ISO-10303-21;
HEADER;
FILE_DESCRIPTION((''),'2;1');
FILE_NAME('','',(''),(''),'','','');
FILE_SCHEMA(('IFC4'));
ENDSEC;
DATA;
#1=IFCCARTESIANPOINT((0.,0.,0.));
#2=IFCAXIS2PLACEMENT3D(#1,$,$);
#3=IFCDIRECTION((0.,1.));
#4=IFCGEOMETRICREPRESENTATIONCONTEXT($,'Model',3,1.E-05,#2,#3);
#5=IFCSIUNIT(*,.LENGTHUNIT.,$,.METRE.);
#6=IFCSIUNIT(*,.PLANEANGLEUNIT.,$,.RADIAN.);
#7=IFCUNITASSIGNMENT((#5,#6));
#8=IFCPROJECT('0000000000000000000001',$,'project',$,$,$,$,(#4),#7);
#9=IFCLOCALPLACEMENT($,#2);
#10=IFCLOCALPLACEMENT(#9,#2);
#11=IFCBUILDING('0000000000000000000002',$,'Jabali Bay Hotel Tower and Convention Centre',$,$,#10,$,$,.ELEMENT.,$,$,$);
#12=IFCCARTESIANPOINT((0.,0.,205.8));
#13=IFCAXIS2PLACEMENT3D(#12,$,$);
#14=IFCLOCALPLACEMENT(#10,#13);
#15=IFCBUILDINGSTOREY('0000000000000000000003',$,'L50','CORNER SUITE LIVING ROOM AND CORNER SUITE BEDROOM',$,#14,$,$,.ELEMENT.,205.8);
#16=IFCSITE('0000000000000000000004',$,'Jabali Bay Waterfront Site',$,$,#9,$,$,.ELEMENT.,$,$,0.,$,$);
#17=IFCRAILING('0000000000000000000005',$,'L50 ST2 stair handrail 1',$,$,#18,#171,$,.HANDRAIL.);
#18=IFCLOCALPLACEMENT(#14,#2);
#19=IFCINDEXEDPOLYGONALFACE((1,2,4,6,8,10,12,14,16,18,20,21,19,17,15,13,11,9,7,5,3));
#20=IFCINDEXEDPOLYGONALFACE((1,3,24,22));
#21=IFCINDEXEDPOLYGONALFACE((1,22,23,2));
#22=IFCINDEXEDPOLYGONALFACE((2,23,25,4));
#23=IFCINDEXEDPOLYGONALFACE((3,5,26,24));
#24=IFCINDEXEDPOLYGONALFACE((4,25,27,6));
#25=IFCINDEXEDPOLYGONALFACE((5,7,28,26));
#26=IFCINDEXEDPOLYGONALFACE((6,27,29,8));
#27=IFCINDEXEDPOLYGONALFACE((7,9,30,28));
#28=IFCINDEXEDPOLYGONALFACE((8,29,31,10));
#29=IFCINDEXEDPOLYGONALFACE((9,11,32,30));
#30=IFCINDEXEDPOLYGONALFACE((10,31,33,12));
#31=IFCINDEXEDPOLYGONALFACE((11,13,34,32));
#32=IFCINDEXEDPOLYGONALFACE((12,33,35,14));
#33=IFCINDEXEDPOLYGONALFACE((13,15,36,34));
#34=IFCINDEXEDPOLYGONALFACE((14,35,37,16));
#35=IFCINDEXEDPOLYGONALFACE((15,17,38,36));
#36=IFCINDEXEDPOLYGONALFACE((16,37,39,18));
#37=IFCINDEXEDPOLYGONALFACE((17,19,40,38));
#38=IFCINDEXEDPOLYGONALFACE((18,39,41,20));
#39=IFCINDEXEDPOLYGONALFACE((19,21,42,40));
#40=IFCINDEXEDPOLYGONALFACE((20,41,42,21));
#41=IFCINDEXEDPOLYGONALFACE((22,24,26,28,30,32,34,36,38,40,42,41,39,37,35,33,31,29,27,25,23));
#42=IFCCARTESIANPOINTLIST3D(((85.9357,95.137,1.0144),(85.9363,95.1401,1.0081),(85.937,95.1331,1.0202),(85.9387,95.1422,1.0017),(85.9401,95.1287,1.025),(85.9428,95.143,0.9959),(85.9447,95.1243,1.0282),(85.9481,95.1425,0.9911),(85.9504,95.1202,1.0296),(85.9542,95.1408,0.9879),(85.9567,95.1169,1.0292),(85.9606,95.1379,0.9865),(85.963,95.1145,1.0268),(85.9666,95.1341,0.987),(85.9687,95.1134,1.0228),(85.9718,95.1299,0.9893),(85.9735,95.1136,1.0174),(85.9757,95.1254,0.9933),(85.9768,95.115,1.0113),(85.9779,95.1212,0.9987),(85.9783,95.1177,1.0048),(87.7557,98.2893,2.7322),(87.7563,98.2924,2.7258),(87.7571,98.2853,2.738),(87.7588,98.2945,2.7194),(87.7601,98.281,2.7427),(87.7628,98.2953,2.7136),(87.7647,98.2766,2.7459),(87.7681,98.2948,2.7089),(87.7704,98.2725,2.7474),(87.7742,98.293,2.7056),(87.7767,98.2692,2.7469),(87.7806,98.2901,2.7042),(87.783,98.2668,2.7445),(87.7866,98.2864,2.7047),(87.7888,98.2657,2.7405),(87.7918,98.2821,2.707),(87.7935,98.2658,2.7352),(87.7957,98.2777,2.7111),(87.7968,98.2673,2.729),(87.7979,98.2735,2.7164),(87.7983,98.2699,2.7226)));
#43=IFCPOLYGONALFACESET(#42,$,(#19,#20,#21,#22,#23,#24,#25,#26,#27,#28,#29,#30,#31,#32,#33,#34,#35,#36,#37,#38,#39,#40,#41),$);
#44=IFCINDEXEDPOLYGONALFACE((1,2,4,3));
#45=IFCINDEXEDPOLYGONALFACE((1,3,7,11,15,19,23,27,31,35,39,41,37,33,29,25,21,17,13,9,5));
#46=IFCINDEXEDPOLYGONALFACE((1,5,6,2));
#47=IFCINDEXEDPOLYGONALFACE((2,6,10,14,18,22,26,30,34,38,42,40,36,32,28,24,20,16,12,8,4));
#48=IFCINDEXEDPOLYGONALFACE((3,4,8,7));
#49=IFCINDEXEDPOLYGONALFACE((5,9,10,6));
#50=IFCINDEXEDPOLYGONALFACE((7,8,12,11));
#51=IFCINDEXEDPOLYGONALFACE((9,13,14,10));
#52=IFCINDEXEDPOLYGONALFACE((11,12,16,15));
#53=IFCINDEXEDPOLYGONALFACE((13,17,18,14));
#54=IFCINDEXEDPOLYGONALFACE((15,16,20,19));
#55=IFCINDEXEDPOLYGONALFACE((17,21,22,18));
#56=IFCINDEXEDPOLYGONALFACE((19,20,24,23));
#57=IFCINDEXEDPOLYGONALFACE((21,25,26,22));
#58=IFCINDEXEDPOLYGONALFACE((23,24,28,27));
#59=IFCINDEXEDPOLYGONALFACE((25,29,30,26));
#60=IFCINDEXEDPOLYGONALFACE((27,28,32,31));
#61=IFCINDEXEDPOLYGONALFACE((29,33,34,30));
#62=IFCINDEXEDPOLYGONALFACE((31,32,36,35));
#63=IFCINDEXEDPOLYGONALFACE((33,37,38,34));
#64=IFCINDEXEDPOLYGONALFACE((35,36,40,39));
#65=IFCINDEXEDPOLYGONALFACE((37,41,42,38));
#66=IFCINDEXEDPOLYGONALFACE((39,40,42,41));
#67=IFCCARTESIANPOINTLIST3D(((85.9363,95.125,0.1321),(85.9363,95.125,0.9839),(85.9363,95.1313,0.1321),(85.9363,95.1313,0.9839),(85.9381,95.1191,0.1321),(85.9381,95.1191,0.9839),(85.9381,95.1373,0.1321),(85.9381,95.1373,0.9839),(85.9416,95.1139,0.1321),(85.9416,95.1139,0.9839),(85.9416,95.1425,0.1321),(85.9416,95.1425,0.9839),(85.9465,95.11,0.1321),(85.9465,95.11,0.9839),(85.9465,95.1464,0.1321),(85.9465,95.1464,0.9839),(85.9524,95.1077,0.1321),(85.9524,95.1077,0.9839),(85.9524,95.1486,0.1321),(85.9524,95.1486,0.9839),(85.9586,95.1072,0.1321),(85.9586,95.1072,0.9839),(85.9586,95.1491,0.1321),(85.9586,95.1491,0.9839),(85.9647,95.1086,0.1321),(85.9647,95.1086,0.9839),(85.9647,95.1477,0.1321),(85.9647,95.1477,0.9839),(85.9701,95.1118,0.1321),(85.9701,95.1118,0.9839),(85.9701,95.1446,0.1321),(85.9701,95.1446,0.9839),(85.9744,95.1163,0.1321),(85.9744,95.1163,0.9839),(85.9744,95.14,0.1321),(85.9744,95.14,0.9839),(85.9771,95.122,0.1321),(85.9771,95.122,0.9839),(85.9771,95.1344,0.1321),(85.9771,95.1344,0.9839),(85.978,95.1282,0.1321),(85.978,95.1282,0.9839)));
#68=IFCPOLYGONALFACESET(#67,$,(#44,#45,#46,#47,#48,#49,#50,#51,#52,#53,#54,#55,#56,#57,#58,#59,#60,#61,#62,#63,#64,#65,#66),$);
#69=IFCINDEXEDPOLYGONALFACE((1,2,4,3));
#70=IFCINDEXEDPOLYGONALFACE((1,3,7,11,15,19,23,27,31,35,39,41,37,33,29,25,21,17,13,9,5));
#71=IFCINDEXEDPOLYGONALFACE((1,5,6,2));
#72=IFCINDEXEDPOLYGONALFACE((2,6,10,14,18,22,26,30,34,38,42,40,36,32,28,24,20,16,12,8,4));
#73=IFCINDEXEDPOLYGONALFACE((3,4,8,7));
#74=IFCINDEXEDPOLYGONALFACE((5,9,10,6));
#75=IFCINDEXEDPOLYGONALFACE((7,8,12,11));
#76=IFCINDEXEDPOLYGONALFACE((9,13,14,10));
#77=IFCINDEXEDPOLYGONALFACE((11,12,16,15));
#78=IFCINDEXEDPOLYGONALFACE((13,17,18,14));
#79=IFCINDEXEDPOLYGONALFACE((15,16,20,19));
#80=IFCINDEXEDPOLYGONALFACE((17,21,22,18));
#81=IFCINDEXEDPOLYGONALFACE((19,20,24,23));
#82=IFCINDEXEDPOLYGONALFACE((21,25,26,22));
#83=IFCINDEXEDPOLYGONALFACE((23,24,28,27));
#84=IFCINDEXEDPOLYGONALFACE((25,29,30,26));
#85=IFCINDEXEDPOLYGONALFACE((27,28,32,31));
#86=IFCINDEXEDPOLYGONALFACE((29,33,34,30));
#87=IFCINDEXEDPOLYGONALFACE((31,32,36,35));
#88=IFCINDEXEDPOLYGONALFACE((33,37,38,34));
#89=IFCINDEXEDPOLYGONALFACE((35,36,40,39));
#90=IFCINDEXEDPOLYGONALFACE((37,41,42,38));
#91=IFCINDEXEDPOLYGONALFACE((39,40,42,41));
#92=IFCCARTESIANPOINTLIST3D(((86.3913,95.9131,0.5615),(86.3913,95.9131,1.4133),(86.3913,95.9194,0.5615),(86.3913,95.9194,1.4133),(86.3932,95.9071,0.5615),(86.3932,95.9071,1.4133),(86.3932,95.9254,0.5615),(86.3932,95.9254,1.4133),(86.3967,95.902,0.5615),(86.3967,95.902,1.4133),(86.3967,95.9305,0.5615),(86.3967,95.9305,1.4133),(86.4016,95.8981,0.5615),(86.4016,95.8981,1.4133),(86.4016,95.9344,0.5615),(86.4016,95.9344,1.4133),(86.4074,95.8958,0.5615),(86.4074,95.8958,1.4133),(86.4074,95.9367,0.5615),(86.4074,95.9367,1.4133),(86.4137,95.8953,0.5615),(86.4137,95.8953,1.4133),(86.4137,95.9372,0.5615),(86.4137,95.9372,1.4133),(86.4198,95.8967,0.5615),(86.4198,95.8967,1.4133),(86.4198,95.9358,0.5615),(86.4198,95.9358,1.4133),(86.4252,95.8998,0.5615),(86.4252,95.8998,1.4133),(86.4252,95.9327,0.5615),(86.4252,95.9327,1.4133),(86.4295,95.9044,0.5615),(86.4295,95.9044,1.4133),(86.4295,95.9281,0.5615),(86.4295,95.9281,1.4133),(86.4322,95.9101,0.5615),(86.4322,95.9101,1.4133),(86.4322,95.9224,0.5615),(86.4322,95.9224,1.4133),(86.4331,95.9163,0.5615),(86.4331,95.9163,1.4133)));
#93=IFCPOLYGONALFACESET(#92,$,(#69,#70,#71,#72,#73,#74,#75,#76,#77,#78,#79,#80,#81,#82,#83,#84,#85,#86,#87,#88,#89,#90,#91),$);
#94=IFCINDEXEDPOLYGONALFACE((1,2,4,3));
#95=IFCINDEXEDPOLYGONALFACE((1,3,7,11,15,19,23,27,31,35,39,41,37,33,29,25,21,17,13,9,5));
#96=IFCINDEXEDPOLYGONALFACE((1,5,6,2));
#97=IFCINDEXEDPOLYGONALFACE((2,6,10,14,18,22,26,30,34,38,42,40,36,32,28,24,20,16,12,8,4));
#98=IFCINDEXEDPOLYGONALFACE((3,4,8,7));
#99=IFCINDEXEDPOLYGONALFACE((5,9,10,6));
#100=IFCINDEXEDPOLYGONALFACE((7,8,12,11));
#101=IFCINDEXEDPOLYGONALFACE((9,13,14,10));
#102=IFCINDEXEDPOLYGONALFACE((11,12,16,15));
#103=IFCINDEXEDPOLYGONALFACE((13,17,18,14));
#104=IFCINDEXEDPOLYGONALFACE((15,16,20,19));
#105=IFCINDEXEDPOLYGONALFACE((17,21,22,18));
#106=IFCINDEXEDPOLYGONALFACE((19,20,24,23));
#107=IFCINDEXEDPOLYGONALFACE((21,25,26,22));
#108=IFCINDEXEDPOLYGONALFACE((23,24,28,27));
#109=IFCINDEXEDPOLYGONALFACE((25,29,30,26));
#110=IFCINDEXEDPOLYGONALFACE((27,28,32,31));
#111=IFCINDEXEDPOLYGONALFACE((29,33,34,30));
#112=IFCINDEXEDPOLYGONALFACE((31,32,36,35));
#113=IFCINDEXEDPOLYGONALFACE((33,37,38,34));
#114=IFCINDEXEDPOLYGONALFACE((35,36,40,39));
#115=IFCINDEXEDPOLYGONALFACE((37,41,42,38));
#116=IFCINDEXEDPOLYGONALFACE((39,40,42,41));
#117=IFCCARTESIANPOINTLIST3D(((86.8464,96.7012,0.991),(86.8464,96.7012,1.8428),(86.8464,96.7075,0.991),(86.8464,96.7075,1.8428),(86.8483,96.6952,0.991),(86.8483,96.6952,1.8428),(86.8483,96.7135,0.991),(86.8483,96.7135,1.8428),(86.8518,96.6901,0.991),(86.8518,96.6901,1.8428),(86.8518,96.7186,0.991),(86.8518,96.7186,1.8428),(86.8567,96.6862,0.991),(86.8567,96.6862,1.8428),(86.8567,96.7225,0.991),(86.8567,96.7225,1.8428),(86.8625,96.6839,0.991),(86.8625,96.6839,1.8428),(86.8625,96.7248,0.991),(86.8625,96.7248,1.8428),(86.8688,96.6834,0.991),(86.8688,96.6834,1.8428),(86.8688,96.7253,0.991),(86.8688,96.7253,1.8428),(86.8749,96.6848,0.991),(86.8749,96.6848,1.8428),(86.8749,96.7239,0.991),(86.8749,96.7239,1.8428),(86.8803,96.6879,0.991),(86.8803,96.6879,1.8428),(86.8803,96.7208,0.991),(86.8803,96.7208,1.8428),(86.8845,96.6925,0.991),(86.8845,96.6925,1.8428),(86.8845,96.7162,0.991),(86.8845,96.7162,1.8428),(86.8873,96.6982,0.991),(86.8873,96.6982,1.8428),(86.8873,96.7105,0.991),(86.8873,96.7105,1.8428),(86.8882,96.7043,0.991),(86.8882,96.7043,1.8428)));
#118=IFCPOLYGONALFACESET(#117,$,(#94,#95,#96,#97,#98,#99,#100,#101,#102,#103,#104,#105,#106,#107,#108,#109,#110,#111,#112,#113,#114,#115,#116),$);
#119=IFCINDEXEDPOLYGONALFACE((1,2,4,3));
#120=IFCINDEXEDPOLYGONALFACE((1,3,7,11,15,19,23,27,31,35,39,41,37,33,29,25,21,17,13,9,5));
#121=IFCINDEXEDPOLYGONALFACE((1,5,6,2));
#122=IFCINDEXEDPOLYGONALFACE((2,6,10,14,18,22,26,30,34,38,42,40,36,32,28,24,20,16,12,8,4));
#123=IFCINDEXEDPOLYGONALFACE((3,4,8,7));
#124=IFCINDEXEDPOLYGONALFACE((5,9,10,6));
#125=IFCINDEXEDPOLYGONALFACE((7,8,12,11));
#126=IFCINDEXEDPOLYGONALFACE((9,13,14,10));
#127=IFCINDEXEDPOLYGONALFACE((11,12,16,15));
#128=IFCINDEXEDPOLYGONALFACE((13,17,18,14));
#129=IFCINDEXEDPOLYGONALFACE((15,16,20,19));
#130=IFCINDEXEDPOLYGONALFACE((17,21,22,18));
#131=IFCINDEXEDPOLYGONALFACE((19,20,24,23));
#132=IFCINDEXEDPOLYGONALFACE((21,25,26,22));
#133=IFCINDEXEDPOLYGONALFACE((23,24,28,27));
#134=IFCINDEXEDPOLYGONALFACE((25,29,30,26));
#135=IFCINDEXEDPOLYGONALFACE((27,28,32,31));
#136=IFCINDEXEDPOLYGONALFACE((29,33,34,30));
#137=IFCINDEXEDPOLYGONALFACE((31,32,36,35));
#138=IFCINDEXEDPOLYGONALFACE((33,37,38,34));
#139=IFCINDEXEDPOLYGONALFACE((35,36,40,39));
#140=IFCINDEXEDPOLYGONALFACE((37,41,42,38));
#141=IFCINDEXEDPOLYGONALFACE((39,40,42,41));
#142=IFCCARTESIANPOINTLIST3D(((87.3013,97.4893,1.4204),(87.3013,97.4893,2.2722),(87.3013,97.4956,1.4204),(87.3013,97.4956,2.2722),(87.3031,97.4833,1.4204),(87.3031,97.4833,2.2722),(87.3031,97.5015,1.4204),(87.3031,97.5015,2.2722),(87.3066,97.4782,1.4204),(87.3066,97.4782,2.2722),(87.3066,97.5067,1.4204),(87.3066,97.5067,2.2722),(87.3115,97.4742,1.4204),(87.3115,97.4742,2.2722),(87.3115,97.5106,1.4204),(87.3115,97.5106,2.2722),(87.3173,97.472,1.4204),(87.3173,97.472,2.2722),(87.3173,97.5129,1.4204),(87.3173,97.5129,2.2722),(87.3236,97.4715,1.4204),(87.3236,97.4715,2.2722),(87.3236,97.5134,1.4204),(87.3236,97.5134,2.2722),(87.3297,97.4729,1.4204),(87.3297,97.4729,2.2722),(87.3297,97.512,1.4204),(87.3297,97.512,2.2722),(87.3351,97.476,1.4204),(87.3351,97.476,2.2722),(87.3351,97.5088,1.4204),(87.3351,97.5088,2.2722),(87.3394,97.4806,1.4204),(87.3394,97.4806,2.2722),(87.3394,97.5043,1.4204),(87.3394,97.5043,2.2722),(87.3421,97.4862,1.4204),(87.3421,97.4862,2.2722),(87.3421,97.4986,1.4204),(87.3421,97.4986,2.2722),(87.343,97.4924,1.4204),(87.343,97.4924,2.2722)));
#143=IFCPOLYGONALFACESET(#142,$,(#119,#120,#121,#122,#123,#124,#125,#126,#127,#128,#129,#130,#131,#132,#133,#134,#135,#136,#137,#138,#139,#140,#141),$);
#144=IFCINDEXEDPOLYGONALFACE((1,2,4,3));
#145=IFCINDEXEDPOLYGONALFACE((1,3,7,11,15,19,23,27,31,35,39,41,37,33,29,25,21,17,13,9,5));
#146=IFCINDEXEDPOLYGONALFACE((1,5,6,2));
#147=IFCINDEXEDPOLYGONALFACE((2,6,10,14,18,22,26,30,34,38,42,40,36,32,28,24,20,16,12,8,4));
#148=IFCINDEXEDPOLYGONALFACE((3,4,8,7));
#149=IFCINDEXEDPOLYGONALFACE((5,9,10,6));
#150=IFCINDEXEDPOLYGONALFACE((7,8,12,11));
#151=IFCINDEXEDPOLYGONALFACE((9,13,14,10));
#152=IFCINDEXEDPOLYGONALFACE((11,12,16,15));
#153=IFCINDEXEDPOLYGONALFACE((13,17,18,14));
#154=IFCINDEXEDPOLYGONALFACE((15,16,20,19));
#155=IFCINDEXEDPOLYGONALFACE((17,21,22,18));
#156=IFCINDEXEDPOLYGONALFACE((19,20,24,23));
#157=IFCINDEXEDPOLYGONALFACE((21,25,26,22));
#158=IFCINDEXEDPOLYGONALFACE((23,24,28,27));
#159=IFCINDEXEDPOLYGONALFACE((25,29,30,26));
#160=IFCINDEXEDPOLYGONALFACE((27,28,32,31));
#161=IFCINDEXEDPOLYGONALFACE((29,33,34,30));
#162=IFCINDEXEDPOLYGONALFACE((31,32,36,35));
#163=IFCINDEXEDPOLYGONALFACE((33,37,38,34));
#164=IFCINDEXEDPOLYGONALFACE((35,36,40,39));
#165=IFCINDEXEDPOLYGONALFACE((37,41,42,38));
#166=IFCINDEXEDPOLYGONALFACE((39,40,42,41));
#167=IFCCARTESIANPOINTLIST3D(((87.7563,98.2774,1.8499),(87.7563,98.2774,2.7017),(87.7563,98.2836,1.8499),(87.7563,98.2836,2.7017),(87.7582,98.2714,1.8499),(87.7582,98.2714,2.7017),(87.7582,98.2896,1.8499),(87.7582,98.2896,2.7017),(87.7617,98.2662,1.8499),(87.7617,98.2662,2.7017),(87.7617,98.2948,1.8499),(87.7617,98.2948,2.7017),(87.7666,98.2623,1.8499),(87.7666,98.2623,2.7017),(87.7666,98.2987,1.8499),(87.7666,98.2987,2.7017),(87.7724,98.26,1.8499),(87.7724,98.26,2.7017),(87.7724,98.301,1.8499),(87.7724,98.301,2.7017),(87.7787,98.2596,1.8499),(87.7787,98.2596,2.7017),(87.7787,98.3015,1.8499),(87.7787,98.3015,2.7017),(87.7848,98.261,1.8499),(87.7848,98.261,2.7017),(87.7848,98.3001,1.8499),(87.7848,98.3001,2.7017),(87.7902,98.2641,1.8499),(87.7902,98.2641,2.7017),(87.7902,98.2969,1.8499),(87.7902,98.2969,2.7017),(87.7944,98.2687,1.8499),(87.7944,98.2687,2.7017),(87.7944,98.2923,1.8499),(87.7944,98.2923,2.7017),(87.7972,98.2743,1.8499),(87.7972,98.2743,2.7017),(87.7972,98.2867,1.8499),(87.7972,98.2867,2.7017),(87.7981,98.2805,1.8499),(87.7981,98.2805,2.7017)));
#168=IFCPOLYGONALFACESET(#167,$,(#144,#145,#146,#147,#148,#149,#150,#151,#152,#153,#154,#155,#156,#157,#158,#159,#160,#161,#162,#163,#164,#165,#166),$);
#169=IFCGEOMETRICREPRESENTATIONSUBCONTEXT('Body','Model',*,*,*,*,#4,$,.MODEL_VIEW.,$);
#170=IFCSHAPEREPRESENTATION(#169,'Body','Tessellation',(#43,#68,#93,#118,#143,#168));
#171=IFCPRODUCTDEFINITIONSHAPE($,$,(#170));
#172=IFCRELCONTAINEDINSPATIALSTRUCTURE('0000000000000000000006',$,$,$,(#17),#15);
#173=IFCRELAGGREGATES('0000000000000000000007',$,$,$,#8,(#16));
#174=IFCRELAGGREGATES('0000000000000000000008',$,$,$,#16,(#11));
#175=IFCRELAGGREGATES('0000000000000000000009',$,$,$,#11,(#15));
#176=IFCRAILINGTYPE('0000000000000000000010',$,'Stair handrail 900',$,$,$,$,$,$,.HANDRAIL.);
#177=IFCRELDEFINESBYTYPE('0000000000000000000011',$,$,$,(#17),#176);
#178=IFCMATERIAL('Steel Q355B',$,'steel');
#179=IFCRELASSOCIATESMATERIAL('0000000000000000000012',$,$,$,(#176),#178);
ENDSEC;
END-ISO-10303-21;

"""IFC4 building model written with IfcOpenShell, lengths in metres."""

from ifc_helpers import new_model, si_unit, direction, frame, origin, origin_2d, place, context, subcontext, project, spatial, circle, extrude, material, type_object, element, save


model = new_model("IFC4")

# Units and contexts
model_context = context("Model", 3, precision=1e-05, world=origin(), true_north=direction((0.0, 1.0)))
body_context = subcontext(model_context, "Body", "Model", "MODEL_VIEW")
ifc_project = project(units=[si_unit("LENGTHUNIT", "METRE"), si_unit("PLANEANGLEUNIT", "RADIAN")], contexts=[model_context])

# Site, building, storey
site_placement = place(None, origin())
site = spatial("IfcSite", under=ifc_project, at=site_placement, Name="Jabali Bay Waterfront Site", CompositionType="ELEMENT", RefElevation=0.0)
building_placement = place(site_placement, origin())
building = spatial("IfcBuilding", under=site, at=building_placement, Name="Jabali Bay Hotel Tower and Convention Centre", CompositionType="ELEMENT")
storey_placement = place(building_placement, frame((0.0, 0.0, 205.8)))
storey = spatial("IfcBuildingStorey", under=building, at=storey_placement, Name="L50", Description="CORNER SUITE LIVING ROOM AND CORNER SUITE BEDROOM", CompositionType="ELEMENT", Elevation=205.8)

# Railing
ifc_material_1 = material(Name="Steel Q355B", Category="steel")
railing_type_1 = type_object("IfcRailingType", Name="Stair handrail 900", PredefinedType="HANDRAIL", material=ifc_material_1)
railing_1_placement = place(storey_placement, frame((85.957, 95.1282, 0.1321)))
element("IfcRailing", 1, at=railing_1_placement, inside=storey, type_object=railing_type_1, Name="L50 ST2 stair handrail 1", PredefinedType="HANDRAIL", context=body_context, shape_type="SweptSolid", body=[
    extrude(circle(Radius=0.0239, at=origin_2d()), frame((0.0, 0.0, 0.876), z_axis=(0.45219, 0.78319, 0.426775), x_axis=(-0.866018, 0.500013, 0.0)), (0.0, 0.0, 1.0), 4.0249),
    extrude(circle(Radius=0.021, at=origin_2d()), origin(), (0.0, 0.0, 1.0), 0.8518),
    extrude(circle(Radius=0.021, at=origin_2d()), frame((0.4551, 0.7881, 0.4294)), (0.0, 0.0, 1.0), 0.8518),
    extrude(circle(Radius=0.021, at=origin_2d()), frame((0.9102, 1.5762, 0.8589)), (0.0, 0.0, 1.0), 0.8518),
    extrude(circle(Radius=0.021, at=origin_2d()), frame((1.365, 2.3643, 1.2883)), (0.0, 0.0, 1.0), 0.8518),
    extrude(circle(Radius=0.021, at=origin_2d()), frame((1.8201, 3.1523, 1.7178)), (0.0, 0.0, 1.0), 0.8518),
])

save(model, "model.ifc")
